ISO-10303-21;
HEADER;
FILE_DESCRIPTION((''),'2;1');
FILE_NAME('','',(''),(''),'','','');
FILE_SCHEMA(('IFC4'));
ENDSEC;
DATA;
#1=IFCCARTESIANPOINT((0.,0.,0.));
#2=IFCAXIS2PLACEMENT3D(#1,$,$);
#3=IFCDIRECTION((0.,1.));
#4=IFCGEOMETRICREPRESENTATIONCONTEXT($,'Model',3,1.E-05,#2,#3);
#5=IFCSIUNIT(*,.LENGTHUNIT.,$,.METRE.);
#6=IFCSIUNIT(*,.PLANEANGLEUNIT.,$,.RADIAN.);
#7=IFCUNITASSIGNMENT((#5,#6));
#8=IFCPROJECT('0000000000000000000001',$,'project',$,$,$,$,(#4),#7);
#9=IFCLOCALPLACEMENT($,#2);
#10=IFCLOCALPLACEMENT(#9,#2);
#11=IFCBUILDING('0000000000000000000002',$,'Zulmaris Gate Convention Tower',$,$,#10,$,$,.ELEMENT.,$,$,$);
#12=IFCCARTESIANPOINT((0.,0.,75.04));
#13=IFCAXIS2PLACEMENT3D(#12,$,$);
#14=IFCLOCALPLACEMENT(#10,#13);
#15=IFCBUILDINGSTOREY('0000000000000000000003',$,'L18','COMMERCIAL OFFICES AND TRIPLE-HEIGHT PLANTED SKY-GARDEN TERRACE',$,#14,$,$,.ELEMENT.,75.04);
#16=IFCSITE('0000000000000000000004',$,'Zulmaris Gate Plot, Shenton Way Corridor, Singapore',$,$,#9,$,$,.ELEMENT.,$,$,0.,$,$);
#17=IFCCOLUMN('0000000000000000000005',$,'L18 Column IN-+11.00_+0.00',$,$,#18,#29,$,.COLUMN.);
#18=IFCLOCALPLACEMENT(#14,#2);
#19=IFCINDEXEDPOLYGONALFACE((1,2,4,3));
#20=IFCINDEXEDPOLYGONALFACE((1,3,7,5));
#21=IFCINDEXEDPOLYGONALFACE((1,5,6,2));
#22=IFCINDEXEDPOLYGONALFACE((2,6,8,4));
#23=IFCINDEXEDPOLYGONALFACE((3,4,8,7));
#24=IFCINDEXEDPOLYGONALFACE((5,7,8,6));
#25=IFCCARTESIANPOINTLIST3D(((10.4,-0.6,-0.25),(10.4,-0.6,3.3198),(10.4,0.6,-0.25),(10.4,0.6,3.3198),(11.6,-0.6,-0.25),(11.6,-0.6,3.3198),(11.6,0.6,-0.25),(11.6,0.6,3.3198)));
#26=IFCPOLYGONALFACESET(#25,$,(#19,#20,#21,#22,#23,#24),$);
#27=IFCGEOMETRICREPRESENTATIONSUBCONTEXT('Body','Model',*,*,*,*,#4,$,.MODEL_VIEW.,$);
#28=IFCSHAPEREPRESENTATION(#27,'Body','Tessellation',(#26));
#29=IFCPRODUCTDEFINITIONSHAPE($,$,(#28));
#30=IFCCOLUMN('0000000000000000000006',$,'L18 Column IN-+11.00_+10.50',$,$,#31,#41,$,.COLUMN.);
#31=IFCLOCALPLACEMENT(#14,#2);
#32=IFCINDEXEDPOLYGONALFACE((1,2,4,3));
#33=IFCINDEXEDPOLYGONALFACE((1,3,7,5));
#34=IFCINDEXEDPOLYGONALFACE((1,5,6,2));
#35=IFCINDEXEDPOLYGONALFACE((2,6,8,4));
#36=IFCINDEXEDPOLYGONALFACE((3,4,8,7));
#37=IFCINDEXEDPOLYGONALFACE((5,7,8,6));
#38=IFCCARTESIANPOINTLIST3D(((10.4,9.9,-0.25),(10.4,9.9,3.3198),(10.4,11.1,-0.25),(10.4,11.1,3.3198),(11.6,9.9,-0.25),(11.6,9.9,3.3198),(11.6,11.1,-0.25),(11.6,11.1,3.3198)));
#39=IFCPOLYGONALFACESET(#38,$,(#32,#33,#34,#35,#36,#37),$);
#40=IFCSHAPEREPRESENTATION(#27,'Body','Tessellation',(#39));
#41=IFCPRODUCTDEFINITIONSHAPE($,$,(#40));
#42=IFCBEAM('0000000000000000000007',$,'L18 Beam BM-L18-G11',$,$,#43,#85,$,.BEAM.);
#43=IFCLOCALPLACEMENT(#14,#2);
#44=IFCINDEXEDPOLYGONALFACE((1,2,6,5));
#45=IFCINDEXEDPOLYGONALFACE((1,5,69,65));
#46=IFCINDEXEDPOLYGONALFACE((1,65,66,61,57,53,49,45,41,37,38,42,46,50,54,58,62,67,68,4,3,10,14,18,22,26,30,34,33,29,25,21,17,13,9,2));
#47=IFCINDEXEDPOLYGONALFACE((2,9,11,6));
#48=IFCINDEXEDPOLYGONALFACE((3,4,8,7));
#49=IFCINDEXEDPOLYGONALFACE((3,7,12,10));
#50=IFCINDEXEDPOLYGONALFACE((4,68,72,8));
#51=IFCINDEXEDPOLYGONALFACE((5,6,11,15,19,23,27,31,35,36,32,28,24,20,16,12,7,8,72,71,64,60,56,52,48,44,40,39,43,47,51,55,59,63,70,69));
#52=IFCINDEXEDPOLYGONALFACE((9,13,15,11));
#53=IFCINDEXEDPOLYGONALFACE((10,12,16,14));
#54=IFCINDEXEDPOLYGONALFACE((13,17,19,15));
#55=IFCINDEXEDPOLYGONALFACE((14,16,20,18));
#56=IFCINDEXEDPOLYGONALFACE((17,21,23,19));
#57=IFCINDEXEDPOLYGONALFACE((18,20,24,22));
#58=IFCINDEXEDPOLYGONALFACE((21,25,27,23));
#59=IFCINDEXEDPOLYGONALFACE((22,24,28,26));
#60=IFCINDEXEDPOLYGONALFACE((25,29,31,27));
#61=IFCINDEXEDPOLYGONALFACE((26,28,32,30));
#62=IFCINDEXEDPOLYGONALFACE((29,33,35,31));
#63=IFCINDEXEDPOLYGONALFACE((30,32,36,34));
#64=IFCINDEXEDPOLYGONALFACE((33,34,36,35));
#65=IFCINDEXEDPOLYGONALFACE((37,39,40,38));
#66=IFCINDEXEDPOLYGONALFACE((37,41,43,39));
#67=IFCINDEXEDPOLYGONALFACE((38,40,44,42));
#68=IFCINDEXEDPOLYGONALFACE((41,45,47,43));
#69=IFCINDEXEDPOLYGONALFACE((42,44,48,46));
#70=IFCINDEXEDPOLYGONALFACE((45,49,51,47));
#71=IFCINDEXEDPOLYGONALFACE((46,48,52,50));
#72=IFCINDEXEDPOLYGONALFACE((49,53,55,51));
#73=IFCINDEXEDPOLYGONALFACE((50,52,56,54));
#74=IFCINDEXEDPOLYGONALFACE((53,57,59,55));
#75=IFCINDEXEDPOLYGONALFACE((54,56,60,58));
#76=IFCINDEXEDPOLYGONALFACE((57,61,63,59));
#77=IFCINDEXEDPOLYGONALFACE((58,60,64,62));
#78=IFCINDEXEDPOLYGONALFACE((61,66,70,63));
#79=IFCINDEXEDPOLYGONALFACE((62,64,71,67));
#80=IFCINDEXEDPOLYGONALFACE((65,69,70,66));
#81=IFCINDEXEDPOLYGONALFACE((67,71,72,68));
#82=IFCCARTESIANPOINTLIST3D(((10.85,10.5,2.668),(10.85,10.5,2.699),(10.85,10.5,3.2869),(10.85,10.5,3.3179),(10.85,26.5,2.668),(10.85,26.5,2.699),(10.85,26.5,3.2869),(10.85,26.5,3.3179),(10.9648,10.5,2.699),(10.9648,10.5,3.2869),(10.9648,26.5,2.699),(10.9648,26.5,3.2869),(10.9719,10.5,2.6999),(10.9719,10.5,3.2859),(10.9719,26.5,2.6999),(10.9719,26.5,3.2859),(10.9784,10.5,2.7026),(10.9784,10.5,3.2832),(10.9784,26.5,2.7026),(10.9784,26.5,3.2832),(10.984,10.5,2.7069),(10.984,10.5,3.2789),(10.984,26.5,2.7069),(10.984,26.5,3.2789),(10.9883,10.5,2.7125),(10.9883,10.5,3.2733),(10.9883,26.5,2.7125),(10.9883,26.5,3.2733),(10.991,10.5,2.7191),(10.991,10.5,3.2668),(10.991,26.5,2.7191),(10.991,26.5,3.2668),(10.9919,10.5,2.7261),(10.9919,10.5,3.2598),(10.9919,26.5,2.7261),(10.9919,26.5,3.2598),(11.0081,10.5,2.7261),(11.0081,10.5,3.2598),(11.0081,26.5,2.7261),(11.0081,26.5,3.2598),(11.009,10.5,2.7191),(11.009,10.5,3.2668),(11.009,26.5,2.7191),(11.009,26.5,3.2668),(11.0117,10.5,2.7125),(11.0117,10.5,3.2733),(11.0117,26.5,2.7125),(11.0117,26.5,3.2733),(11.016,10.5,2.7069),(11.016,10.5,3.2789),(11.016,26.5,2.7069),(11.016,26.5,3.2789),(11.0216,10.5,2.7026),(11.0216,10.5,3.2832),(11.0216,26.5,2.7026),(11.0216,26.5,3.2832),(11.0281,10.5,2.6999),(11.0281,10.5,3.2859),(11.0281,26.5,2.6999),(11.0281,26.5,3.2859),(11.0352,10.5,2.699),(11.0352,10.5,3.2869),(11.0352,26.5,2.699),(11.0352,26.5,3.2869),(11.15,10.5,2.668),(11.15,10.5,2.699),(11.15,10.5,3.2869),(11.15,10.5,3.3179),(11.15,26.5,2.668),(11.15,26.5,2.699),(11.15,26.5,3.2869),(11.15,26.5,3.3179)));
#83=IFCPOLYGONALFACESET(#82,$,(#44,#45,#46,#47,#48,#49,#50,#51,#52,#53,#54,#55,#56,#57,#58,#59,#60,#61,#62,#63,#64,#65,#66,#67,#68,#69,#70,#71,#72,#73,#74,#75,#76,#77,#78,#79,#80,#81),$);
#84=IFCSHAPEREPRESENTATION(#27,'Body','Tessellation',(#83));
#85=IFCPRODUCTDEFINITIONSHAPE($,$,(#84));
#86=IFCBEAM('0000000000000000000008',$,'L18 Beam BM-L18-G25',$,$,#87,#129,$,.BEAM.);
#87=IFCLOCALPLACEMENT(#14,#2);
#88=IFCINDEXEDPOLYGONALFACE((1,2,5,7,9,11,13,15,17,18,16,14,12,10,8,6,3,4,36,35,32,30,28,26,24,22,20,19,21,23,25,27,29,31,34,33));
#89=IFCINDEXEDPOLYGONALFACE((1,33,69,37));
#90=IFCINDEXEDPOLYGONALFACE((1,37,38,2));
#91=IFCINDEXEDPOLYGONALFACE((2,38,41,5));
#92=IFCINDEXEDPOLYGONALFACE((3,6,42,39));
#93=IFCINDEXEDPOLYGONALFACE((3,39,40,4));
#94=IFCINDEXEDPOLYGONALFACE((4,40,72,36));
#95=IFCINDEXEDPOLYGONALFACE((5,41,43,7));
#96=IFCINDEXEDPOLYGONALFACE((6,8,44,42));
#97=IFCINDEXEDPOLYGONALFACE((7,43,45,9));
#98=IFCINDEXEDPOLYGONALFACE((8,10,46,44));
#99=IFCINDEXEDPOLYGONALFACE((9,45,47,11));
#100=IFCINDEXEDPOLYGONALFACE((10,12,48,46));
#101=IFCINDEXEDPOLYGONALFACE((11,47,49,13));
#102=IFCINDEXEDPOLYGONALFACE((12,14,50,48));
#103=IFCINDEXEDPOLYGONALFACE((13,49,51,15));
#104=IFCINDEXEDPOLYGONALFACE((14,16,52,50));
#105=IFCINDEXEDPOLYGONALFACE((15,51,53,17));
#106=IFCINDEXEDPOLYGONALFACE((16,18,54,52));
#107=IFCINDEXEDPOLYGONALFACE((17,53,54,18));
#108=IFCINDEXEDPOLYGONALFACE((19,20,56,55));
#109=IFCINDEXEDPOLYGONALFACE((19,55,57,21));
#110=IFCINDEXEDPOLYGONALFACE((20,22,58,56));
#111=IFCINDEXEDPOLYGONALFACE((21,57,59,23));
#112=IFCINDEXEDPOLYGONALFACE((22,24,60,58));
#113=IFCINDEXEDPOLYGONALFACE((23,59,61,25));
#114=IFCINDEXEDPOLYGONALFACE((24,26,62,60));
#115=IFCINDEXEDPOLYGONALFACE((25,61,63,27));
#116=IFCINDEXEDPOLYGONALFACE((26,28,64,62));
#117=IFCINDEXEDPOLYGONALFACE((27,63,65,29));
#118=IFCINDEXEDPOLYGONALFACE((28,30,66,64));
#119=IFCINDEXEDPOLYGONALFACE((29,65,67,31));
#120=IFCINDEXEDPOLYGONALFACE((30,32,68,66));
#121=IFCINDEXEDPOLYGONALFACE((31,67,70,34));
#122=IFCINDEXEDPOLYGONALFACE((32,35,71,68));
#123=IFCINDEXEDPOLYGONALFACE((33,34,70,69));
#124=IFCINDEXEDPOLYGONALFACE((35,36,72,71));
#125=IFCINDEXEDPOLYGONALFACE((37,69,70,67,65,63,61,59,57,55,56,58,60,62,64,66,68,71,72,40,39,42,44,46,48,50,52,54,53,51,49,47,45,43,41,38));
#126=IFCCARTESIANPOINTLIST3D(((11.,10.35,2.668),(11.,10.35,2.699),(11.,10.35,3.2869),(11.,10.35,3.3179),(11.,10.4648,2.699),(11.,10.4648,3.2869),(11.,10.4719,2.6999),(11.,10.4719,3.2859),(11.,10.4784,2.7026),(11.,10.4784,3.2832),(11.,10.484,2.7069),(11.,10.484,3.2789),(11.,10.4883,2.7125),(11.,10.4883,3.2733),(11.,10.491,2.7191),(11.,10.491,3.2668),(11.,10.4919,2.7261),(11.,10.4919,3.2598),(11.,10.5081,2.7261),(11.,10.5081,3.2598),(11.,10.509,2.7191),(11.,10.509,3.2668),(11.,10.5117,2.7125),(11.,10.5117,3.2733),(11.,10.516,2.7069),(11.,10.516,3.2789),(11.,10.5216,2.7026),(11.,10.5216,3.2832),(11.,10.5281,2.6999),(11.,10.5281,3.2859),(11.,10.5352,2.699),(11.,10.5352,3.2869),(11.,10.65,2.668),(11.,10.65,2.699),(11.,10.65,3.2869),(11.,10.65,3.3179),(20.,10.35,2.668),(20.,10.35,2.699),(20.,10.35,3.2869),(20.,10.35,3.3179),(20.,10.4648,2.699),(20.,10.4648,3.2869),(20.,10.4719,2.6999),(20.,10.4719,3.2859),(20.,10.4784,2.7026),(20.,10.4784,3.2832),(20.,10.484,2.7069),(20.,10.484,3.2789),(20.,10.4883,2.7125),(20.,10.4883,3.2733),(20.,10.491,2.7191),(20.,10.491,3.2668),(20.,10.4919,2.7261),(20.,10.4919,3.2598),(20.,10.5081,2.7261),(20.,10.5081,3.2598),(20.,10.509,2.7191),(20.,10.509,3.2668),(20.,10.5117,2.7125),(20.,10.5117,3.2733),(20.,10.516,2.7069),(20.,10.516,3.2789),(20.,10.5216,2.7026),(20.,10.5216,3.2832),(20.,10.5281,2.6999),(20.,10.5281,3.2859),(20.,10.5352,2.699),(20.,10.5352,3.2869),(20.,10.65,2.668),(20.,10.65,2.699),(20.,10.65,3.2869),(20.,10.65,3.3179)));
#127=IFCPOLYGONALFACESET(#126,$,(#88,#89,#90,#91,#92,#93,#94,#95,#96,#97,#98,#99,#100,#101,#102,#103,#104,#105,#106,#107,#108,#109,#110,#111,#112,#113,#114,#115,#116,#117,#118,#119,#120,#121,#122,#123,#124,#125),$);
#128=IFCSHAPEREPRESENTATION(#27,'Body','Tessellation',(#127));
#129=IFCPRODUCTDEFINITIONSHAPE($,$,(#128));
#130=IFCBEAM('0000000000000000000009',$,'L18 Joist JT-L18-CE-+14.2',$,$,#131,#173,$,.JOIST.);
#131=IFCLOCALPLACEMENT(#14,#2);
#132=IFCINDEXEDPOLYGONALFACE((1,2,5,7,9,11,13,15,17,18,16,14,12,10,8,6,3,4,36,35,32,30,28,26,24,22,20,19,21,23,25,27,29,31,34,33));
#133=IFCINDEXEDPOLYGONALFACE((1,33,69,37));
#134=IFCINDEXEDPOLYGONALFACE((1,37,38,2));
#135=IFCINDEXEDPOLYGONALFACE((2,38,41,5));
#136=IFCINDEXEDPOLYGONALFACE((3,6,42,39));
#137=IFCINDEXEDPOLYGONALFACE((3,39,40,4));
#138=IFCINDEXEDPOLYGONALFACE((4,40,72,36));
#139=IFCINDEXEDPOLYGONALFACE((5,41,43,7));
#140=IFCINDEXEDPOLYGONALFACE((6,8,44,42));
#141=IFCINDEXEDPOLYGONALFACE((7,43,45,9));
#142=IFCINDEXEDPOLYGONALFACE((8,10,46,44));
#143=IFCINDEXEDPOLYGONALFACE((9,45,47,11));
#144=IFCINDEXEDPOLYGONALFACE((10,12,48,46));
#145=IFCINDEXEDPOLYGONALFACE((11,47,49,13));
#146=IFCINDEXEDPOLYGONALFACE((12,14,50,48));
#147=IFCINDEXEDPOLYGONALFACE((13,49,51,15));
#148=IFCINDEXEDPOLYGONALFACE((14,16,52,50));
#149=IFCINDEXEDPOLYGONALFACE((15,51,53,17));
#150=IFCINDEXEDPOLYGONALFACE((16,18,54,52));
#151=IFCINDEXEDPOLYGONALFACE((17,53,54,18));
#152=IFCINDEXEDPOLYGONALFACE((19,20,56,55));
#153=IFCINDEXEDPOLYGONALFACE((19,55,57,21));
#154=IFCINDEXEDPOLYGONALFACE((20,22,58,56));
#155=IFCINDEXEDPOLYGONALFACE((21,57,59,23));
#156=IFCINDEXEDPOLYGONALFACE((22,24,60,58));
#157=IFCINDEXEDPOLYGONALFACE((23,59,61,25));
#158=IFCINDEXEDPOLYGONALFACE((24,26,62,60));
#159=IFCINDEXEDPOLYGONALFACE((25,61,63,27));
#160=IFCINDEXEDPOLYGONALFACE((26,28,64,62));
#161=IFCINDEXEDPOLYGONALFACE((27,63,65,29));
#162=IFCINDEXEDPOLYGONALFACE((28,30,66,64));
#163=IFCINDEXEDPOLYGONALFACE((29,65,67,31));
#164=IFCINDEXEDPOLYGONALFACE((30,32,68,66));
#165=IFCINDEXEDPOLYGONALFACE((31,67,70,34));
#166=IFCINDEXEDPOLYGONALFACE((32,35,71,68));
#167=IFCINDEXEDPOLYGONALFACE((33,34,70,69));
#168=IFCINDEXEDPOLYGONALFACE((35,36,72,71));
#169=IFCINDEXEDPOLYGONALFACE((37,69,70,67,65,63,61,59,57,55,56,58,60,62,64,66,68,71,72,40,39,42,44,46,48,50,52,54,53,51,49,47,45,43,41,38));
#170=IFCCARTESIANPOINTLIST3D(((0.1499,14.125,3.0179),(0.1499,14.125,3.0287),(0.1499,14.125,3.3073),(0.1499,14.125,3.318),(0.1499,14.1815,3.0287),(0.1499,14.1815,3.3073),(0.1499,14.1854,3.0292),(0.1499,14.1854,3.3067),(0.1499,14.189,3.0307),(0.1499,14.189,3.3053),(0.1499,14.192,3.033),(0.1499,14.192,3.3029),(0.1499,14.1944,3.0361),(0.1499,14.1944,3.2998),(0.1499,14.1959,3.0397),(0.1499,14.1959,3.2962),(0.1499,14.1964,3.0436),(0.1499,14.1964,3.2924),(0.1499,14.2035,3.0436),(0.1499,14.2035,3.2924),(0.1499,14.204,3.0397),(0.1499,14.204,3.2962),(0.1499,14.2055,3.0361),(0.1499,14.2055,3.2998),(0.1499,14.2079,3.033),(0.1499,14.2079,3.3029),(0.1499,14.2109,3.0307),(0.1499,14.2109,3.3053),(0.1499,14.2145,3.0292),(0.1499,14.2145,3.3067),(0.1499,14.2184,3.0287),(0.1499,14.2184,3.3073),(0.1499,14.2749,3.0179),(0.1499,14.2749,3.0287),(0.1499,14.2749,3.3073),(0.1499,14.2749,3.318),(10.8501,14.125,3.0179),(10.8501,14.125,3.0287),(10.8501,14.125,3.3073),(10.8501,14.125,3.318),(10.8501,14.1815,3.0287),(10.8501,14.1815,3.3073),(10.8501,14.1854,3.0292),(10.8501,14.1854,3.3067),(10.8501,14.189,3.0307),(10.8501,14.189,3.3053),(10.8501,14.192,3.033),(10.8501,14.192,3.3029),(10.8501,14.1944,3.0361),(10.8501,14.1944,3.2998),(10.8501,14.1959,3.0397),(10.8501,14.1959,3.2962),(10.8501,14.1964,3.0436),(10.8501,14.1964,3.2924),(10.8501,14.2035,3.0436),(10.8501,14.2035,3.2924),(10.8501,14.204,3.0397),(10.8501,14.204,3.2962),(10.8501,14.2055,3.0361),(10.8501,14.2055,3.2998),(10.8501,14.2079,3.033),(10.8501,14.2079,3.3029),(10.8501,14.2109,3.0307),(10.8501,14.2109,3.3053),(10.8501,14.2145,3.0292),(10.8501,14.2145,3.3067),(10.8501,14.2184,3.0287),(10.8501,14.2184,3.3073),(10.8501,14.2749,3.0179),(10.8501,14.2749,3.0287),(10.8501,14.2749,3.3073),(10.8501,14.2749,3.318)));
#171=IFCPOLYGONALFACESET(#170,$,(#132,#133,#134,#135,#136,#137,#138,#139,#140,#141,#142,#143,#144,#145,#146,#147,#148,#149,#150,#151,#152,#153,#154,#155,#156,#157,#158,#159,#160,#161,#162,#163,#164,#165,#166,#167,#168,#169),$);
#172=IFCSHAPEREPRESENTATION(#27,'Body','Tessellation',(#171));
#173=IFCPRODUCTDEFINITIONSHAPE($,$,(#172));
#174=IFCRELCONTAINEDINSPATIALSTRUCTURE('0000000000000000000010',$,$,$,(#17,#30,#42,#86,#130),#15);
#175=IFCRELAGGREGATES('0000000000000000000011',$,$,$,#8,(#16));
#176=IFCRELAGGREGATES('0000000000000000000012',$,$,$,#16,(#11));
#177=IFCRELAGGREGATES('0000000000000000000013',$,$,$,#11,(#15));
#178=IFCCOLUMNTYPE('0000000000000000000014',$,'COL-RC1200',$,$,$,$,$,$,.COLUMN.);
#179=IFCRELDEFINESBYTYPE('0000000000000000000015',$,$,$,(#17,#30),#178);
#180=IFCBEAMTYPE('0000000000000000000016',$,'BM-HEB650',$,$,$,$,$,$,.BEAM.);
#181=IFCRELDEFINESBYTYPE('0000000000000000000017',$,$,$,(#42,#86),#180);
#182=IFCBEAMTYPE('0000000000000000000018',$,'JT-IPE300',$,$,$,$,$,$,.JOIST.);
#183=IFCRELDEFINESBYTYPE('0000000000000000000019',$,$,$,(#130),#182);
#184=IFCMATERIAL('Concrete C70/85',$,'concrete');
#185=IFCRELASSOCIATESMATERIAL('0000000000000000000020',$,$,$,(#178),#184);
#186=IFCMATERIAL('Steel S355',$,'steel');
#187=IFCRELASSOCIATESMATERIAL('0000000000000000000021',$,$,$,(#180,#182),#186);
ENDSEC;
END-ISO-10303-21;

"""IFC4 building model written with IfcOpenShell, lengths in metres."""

from ifc_helpers import new_model, si_unit, direction, frame, origin, origin_2d, place, context, subcontext, project, spatial, rectangle, i_section, extrude, material, material_profile, profile_set, type_object, element, save


model = new_model("IFC4")

# Units and contexts
model_context = context("Model", 3, precision=1e-05, world=origin(), true_north=direction((0.0, 1.0)))
body_context = subcontext(model_context, "Body", "Model", "MODEL_VIEW")
ifc_project = project(units=[si_unit("LENGTHUNIT", "METRE"), si_unit("PLANEANGLEUNIT", "RADIAN")], contexts=[model_context])

# Site, building, storey
site_placement = place(None, origin())
site = spatial("IfcSite", under=ifc_project, at=site_placement, Name="Zulmaris Gate Plot, Shenton Way Corridor, Singapore", CompositionType="ELEMENT", RefElevation=0.0)
building_placement = place(site_placement, origin())
building = spatial("IfcBuilding", under=site, at=building_placement, Name="Zulmaris Gate Convention Tower", CompositionType="ELEMENT")
storey_placement = place(building_placement, frame((0.0, 0.0, 75.04)))
storey = spatial("IfcBuildingStorey", under=building, at=storey_placement, Name="L18", Description="COMMERCIAL OFFICES AND TRIPLE-HEIGHT PLANTED SKY-GARDEN TERRACE", CompositionType="ELEMENT", Elevation=75.04)

# Columns
ifc_material_1 = material(Name="Concrete C70/85", Category="concrete")
ifc_material_profile_1 = material_profile(ifc_material_1, rectangle(XDim=1.2, YDim=1.2, at=origin_2d()), Name="RC COL 1200x1200")
ifc_profile_set_1 = profile_set([ifc_material_profile_1], Name="Concrete C70/85")
column_type = type_object("IfcColumnType", Name="COL-RC1200", PredefinedType="COLUMN", material=ifc_profile_set_1)
for number, where, z_axis, x_axis, name in (
    (1, (11.0, 0.0, -0.25), (0.0, 0.0, 1.0), (1.0, 0.0, 0.0), "L18 Column IN-+11.00_+0.00"),
    (2, (11.0, 10.5, -0.25), (0.0, 0.0, 1.0), (1.0, 0.0, 0.0), "L18 Column IN-+11.00_+10.50"),
):
    element("IfcColumn", number, at=place(storey_placement, frame(where, z_axis=z_axis, x_axis=x_axis)), inside=storey, type_object=column_type, Name=name, PredefinedType="COLUMN", context=body_context, shape_type="SweptSolid", body=[
        extrude(rectangle(XDim=1.2, YDim=1.2, at=origin_2d()), origin(), (0.0, 0.0, 1.0), 3.5698),
    ])

# Beams
ifc_material_2 = material(Name="Steel S355", Category="steel")
ifc_material_profile_2 = material_profile(ifc_material_2, i_section(OverallWidth=0.3, OverallDepth=0.6499, WebThickness=0.0161, FlangeThickness=0.031, FilletRadius=0.0271, at=origin_2d()), Name="HEB 650")
ifc_profile_set_2 = profile_set([ifc_material_profile_2], Name="Steel S355")
beam_type_1 = type_object("IfcBeamType", Name="BM-HEB650", PredefinedType="BEAM", material=ifc_profile_set_2)
beam_1_placement = place(storey_placement, frame((11.0, 10.5, 2.9929), z_axis=(0.0, 1.0, 0.0), x_axis=(-1.0, 0.0, 0.0)))
element("IfcBeam", 3, at=beam_1_placement, inside=storey, type_object=beam_type_1, Name="L18 Beam BM-L18-G11", PredefinedType="BEAM", context=body_context, shape_type="SweptSolid", body=[
    extrude(i_section(OverallWidth=0.3, OverallDepth=0.6499, WebThickness=0.0161, FlangeThickness=0.031, FilletRadius=0.0271, at=origin_2d()), origin(), (0.0, 0.0, 1.0), 16.0),
])
beam_2_placement = place(storey_placement, frame((11.0, 10.5, 2.9929), z_axis=(1.0, 0.0, 0.0), x_axis=(0.0, 1.0, 0.0)))
element("IfcBeam", 4, at=beam_2_placement, inside=storey, type_object=beam_type_1, Name="L18 Beam BM-L18-G25", PredefinedType="BEAM", context=body_context, shape_type="SweptSolid", body=[
    extrude(i_section(OverallWidth=0.3, OverallDepth=0.6499, WebThickness=0.0161, FlangeThickness=0.031, FilletRadius=0.0271, at=origin_2d()), origin(), (0.0, 0.0, 1.0), 9.0),
])
ifc_material_profile_3 = material_profile(ifc_material_2, i_section(OverallWidth=0.1499, OverallDepth=0.3, WebThickness=0.0071, FlangeThickness=0.0107, FilletRadius=0.0149, at=origin_2d()), Name="IPE 300")
ifc_profile_set_3 = profile_set([ifc_material_profile_3], Name="Steel S355")
beam_type_2 = type_object("IfcBeamType", Name="JT-IPE300", PredefinedType="JOIST", material=ifc_profile_set_3)
for number, where, z_axis, x_axis, name in (
    (5, (0.1499, 14.2, 3.168), (1.0, 0.0, 0.0), (0.0, 1.0, 0.0), "L18 Joist JT-L18-CE-+14.2"),
):
    element("IfcBeam", number, at=place(storey_placement, frame(where, z_axis=z_axis, x_axis=x_axis)), inside=storey, type_object=beam_type_2, Name=name, PredefinedType="JOIST", context=body_context, shape_type="SweptSolid", body=[
        extrude(i_section(OverallWidth=0.1499, OverallDepth=0.3, WebThickness=0.0071, FlangeThickness=0.0107, FilletRadius=0.0149, at=origin_2d()), origin(), (0.0, 0.0, 1.0), 10.7002),
    ])

save(model, "model.ifc")
